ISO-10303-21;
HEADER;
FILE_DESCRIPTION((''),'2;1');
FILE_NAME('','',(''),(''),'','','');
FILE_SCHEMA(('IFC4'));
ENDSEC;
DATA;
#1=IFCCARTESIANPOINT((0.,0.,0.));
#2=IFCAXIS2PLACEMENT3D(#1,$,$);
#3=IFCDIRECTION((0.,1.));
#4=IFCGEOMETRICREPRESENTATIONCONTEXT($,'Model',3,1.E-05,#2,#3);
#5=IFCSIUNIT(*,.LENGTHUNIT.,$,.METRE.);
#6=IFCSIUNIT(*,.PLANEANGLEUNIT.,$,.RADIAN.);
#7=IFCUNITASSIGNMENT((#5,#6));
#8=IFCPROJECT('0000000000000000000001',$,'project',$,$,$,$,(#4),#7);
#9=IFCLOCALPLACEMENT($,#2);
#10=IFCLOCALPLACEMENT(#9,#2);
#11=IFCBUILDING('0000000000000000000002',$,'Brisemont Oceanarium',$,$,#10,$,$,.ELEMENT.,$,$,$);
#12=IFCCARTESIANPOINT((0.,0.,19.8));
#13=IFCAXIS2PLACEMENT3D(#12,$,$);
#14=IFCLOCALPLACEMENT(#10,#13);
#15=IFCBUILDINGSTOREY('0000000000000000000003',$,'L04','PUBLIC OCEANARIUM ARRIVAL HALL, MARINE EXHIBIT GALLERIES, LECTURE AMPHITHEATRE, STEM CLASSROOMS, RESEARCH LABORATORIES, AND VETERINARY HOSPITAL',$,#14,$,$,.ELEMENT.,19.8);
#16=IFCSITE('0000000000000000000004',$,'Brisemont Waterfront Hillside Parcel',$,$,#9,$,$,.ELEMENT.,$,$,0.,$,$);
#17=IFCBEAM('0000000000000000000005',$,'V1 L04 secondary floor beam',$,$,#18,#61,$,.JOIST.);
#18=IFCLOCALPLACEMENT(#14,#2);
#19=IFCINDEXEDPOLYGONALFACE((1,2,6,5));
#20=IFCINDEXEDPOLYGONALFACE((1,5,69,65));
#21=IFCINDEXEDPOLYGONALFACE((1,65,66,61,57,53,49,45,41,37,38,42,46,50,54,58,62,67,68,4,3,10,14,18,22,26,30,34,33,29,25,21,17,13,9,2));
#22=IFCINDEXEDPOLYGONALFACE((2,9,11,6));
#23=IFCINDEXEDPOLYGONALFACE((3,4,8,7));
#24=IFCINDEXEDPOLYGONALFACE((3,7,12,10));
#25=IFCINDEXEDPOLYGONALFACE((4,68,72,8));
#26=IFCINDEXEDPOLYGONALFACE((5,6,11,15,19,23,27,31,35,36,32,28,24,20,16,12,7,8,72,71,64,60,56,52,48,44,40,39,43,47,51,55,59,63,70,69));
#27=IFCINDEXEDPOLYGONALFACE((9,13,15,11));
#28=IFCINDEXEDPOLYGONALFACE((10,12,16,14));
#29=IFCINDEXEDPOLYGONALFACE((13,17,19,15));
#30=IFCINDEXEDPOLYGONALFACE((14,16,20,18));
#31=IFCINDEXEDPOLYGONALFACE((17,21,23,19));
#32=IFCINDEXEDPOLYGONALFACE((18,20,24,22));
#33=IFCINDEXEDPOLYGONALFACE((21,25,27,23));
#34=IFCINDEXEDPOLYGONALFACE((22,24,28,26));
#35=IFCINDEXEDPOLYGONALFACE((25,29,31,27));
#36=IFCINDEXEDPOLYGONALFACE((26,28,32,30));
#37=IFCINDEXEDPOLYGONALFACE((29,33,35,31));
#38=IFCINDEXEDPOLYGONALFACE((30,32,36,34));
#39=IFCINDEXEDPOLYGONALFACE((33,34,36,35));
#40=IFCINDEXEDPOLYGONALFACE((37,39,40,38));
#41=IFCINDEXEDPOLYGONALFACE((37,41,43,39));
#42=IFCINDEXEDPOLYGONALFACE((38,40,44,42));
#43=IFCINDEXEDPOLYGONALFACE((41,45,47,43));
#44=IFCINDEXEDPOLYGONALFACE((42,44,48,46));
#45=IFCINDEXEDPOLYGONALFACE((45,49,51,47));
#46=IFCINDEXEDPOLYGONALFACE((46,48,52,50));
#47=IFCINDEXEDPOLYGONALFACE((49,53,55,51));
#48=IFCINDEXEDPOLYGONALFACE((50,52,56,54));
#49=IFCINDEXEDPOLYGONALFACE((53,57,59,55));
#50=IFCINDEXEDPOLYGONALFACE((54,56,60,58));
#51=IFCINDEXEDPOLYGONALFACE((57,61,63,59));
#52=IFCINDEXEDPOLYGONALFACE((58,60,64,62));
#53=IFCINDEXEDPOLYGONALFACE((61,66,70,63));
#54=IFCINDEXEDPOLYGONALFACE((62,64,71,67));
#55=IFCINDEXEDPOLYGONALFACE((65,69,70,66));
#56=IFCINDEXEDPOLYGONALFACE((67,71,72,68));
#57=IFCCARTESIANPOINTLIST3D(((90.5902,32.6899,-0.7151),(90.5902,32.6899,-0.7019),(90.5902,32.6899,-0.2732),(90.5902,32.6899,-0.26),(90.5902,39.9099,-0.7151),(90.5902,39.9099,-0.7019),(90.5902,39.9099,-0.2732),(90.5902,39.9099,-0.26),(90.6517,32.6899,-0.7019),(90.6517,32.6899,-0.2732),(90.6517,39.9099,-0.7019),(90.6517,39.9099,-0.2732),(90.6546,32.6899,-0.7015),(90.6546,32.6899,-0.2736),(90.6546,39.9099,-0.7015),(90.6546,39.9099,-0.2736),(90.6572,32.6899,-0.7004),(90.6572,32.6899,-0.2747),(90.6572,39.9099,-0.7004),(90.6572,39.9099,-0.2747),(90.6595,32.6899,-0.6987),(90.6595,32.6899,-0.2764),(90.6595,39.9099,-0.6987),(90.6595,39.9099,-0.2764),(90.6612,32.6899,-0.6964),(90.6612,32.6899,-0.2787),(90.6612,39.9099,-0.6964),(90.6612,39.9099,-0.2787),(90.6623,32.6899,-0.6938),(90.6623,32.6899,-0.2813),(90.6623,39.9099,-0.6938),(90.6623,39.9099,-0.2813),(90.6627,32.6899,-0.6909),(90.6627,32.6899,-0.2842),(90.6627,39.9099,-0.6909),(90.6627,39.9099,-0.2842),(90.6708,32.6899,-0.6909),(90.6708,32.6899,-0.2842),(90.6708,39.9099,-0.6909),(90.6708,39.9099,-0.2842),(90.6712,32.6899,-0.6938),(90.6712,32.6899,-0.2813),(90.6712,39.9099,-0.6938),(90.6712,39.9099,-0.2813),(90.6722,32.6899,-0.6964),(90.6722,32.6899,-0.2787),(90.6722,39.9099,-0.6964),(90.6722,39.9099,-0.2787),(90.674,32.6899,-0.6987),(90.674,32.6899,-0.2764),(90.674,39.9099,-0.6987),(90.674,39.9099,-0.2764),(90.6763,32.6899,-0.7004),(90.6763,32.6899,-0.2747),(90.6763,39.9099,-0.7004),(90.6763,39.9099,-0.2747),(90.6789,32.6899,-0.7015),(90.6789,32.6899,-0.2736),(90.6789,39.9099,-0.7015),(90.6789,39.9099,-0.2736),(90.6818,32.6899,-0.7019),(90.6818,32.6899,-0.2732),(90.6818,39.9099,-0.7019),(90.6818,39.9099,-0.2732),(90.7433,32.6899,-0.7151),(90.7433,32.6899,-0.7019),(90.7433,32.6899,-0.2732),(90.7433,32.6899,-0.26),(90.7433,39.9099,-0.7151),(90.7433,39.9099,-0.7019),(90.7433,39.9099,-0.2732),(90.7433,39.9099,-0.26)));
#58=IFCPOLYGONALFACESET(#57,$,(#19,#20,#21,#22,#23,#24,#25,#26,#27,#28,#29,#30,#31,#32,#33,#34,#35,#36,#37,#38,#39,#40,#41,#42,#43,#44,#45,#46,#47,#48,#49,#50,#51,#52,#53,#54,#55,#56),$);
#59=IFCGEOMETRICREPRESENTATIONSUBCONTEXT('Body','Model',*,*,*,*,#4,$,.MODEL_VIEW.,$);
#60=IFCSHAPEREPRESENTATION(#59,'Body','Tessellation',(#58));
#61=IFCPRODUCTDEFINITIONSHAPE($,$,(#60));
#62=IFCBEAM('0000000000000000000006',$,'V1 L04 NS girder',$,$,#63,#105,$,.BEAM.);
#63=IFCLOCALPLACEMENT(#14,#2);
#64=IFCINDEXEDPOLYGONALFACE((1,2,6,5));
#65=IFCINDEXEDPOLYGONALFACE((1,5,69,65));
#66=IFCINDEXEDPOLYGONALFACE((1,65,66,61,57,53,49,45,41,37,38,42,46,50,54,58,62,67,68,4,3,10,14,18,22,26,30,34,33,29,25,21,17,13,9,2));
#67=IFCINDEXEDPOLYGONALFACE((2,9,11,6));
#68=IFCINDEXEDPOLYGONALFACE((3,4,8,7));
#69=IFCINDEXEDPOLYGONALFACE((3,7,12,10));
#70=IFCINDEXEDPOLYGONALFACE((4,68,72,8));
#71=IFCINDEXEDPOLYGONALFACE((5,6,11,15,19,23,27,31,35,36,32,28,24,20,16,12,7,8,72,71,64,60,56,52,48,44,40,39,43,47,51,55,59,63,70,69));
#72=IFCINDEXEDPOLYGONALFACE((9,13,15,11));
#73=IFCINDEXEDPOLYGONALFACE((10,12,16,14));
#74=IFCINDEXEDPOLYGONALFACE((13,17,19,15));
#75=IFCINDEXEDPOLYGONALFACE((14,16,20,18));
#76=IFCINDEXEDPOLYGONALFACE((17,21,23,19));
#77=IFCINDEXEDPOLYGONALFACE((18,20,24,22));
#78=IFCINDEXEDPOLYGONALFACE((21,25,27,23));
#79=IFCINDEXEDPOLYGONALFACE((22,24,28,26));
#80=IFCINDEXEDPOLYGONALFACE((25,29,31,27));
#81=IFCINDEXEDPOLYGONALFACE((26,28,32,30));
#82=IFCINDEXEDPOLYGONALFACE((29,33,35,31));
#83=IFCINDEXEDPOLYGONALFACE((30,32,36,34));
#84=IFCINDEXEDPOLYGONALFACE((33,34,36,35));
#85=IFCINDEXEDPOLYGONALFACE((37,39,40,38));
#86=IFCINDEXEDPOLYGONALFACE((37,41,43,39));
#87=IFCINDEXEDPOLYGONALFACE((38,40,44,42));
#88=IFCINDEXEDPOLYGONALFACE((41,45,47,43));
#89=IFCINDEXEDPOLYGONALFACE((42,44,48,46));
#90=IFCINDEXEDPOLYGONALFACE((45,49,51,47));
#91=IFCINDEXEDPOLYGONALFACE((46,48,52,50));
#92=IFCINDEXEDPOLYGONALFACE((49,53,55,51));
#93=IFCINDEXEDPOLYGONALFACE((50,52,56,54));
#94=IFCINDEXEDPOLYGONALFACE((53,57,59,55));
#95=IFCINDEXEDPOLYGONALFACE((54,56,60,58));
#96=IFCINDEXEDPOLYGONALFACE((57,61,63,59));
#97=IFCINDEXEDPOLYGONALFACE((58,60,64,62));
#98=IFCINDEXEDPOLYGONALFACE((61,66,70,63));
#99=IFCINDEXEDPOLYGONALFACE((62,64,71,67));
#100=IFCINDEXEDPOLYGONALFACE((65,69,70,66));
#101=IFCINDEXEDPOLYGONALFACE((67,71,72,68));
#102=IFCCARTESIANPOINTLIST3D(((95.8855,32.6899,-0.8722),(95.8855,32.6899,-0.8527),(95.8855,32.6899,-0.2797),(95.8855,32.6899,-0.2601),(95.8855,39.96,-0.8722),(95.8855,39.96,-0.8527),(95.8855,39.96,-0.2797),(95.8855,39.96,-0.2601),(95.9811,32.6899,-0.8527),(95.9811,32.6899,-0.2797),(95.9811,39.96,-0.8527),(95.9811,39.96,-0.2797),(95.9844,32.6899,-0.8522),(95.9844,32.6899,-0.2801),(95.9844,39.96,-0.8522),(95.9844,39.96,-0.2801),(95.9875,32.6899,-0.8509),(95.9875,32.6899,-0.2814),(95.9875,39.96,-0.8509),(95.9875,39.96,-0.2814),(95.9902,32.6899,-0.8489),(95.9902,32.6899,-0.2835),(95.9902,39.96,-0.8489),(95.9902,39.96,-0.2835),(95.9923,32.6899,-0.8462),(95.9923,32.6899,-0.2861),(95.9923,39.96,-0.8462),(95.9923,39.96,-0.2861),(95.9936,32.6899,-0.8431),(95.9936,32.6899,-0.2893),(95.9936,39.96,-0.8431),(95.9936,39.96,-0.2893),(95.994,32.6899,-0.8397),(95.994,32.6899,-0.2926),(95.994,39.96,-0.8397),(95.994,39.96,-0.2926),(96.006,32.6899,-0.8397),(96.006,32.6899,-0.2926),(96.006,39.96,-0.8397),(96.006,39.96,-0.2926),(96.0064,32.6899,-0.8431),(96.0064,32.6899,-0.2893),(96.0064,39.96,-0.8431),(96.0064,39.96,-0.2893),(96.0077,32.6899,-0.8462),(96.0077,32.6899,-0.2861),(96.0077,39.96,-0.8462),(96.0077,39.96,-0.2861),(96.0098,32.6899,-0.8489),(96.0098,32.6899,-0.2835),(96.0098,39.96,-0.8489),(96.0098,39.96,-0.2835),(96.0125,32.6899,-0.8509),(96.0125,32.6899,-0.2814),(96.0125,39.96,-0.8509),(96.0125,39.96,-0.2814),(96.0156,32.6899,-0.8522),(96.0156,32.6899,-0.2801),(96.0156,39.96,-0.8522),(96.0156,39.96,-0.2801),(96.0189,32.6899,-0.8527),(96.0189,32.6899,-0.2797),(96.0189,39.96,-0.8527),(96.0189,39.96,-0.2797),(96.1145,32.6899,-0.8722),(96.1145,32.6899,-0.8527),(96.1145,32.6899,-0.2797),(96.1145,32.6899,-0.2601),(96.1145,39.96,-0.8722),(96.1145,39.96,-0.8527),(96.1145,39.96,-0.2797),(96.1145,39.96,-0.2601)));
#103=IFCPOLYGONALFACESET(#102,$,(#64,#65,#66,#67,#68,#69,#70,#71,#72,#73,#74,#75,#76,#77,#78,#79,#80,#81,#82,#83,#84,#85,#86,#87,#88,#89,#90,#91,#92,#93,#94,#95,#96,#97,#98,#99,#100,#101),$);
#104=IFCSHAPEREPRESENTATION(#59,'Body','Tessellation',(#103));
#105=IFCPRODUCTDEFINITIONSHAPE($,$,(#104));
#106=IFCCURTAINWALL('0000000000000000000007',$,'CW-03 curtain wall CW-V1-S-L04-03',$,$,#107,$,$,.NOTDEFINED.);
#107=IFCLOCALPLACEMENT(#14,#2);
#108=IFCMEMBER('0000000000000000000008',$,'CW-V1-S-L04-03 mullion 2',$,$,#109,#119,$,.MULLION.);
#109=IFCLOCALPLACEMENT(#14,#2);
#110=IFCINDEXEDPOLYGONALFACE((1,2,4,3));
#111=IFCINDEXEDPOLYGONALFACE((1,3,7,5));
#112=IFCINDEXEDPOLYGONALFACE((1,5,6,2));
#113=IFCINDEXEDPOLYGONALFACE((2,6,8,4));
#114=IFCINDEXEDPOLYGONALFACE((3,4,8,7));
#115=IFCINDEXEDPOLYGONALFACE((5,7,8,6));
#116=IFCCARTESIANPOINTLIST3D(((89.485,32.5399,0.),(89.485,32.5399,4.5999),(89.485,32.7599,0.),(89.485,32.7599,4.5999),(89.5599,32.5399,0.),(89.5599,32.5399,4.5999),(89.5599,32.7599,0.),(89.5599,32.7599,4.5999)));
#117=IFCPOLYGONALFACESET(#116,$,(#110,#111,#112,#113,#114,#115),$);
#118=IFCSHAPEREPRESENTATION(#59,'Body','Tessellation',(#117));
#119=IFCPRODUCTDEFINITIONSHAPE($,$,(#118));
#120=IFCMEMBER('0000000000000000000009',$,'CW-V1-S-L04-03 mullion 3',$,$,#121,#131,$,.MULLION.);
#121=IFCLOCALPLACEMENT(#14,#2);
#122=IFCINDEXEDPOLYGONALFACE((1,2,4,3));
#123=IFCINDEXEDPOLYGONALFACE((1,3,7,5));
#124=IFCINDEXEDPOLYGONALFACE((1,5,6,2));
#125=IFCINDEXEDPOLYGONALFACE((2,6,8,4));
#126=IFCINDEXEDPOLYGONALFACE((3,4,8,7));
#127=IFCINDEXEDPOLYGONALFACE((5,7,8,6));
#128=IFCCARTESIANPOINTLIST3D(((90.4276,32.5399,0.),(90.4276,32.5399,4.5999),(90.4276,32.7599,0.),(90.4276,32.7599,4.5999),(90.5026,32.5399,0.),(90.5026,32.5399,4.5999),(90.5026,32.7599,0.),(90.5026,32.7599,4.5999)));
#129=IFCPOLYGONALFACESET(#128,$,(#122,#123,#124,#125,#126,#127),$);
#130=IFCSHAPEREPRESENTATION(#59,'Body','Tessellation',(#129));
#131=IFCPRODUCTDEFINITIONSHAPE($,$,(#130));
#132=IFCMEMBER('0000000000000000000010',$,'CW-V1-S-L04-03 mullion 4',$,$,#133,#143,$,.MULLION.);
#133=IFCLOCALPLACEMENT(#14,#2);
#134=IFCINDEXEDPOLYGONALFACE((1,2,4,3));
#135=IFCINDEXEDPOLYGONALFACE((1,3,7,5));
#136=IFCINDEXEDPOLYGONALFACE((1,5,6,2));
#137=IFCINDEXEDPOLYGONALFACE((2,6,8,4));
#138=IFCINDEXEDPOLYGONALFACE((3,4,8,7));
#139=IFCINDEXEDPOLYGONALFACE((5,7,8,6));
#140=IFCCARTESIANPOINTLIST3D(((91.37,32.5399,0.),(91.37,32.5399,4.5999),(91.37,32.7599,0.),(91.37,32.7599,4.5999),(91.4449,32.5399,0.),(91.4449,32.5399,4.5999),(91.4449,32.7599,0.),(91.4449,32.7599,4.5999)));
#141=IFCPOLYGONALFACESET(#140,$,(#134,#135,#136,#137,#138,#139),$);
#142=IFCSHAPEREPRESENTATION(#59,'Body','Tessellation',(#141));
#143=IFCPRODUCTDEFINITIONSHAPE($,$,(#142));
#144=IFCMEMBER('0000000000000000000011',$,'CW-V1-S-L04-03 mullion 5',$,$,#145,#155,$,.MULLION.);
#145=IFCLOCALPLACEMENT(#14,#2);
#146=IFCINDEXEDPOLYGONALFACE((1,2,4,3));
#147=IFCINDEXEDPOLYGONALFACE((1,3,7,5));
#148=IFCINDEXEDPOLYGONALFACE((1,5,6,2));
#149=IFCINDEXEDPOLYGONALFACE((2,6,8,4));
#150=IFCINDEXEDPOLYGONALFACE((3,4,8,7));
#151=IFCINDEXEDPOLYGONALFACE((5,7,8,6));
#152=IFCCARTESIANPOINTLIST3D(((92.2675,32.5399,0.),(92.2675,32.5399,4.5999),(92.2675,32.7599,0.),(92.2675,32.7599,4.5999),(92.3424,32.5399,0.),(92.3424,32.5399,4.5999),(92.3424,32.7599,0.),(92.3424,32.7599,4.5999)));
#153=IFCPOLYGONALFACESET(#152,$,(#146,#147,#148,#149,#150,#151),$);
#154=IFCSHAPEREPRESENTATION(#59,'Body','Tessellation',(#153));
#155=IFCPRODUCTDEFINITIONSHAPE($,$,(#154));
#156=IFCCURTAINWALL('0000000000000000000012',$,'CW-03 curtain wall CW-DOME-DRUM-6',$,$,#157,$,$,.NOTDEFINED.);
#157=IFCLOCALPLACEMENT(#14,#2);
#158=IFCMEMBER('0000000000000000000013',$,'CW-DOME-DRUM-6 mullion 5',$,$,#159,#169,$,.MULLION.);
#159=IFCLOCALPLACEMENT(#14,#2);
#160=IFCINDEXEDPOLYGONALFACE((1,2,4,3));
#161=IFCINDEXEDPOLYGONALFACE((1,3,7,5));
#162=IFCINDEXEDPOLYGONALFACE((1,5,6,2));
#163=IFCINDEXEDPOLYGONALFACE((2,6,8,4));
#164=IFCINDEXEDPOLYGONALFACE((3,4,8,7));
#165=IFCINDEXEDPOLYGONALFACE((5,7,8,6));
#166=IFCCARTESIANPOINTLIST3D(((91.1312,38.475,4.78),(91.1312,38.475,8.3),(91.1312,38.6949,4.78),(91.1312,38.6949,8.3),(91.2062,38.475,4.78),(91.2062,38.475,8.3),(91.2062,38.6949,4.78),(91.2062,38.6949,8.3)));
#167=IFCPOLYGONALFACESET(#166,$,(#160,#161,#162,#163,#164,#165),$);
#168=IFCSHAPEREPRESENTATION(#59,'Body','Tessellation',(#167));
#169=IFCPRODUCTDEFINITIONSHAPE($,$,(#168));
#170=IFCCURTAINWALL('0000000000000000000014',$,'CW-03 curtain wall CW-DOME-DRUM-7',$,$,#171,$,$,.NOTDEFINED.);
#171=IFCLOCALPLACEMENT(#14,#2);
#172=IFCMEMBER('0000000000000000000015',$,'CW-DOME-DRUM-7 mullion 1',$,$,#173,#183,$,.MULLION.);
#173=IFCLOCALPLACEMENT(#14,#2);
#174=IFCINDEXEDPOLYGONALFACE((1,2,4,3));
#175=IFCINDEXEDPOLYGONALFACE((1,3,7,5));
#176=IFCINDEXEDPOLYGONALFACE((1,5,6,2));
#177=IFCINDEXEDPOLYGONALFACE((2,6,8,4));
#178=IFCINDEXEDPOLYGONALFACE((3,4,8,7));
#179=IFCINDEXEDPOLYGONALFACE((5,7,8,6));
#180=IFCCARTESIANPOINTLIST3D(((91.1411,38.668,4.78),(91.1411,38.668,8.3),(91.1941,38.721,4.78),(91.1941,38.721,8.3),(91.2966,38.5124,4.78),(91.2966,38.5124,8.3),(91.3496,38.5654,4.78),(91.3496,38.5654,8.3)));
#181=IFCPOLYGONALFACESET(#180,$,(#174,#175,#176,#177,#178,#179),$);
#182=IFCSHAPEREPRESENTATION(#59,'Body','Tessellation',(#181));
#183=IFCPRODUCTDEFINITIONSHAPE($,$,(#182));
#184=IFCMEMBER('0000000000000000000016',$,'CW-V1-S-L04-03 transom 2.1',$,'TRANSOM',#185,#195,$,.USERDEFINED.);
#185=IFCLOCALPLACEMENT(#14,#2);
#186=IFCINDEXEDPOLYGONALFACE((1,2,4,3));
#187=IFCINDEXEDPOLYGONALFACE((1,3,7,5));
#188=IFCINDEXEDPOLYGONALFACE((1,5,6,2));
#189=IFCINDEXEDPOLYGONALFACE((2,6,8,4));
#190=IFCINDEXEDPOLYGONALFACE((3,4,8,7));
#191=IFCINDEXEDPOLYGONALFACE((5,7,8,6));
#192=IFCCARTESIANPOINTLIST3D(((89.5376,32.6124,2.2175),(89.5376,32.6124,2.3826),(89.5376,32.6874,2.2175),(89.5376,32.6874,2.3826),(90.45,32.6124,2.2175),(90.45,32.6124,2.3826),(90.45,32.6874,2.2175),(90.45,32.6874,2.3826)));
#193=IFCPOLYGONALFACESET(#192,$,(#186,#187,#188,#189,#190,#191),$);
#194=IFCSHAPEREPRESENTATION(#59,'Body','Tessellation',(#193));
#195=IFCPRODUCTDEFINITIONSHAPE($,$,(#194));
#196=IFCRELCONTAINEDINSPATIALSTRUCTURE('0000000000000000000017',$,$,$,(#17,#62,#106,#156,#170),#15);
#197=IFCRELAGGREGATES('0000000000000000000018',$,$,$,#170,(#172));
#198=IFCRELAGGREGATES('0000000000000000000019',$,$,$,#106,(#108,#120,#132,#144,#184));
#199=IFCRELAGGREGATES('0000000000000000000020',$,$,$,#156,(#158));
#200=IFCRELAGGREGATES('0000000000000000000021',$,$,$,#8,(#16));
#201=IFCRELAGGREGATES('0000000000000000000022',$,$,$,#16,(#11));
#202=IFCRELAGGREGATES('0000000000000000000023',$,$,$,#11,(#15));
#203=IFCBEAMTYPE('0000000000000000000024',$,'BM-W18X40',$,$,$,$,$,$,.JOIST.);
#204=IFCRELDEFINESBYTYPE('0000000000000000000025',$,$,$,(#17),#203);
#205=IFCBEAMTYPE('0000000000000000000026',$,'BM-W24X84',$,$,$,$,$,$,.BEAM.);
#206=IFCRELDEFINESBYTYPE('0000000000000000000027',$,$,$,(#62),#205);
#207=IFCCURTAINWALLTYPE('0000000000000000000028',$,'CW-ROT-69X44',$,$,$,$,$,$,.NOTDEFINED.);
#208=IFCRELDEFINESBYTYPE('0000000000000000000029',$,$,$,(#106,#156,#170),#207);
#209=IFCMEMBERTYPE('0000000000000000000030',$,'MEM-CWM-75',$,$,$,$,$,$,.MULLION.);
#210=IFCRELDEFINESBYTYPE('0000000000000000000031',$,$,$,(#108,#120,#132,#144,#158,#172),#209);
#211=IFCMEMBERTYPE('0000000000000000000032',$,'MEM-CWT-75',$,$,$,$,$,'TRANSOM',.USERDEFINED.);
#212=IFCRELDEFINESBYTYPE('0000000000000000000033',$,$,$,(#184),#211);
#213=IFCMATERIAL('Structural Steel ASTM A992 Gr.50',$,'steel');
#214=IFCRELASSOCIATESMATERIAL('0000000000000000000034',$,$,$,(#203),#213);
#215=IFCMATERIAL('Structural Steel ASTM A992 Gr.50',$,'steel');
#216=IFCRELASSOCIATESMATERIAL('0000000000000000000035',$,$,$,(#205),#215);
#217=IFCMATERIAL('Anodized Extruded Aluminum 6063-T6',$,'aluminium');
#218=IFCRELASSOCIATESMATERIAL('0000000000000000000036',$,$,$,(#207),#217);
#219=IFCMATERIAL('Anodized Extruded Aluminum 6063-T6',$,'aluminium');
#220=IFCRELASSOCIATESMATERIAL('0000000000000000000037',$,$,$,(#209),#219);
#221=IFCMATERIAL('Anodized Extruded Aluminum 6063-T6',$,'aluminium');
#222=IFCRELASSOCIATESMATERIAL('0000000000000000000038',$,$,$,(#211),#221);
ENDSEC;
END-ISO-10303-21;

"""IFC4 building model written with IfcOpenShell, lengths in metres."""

from ifc_helpers import new_model, si_unit, direction, frame, origin, origin_2d, place, context, subcontext, project, spatial, rectangle, i_section, extrude, material, material_profile, profile_set, type_object, element, aggregate, save


model = new_model("IFC4")

# Units and contexts
model_context = context("Model", 3, precision=1e-05, world=origin(), true_north=direction((0.0, 1.0)))
body_context = subcontext(model_context, "Body", "Model", "MODEL_VIEW")
ifc_project = project(units=[si_unit("LENGTHUNIT", "METRE"), si_unit("PLANEANGLEUNIT", "RADIAN")], contexts=[model_context])

# Site, building, storey
site_placement = place(None, origin())
site = spatial("IfcSite", under=ifc_project, at=site_placement, Name="Brisemont Waterfront Hillside Parcel", CompositionType="ELEMENT", RefElevation=0.0)
building_placement = place(site_placement, origin())
building = spatial("IfcBuilding", under=site, at=building_placement, Name="Brisemont Oceanarium", CompositionType="ELEMENT")
storey_placement = place(building_placement, frame((0.0, 0.0, 19.8)))
storey = spatial("IfcBuildingStorey", under=building, at=storey_placement, Name="L04", Description="PUBLIC OCEANARIUM ARRIVAL HALL, MARINE EXHIBIT GALLERIES, LECTURE AMPHITHEATRE, STEM CLASSROOMS, RESEARCH LABORATORIES, AND VETERINARY HOSPITAL", CompositionType="ELEMENT", Elevation=19.8)

# Beams
ifc_material_1 = material(Name="Structural Steel ASTM A992 Gr.50", Category="steel")
ifc_material_profile_1 = material_profile(ifc_material_1, i_section(OverallWidth=0.1531, OverallDepth=0.4551, WebThickness=0.0081, FlangeThickness=0.0132, FilletRadius=0.011, at=origin_2d()), Name="W18X40")
ifc_profile_set_1 = profile_set([ifc_material_profile_1], Name="Structural Steel ASTM A992 Gr.50")
beam_type_1 = type_object("IfcBeamType", Name="BM-W18X40", PredefinedType="JOIST", material=ifc_profile_set_1)
beam_1_placement = place(storey_placement, frame((90.6667, 32.6899, -0.4875), z_axis=(0.0, 1.0, 0.0), x_axis=(-1.0, 0.0, 0.0)))
element("IfcBeam", 1, at=beam_1_placement, inside=storey, type_object=beam_type_1, Name="V1 L04 secondary floor beam", PredefinedType="JOIST", context=body_context, shape_type="SweptSolid", body=[
    extrude(i_section(OverallWidth=0.1531, OverallDepth=0.4551, WebThickness=0.0081, FlangeThickness=0.0132, FilletRadius=0.011, at=origin_2d()), origin(), (0.0, 0.0, 1.0), 7.22),
])
ifc_material_2 = material(Name="Structural Steel ASTM A992 Gr.50", Category="steel")
ifc_material_profile_2 = material_profile(ifc_material_2, i_section(OverallWidth=0.229, OverallDepth=0.6121, WebThickness=0.012, FlangeThickness=0.0195, FilletRadius=0.0129, at=origin_2d()), Name="W24X84")
ifc_profile_set_2 = profile_set([ifc_material_profile_2], Name="Structural Steel ASTM A992 Gr.50")
beam_type_2 = type_object("IfcBeamType", Name="BM-W24X84", PredefinedType="BEAM", material=ifc_profile_set_2)
beam_2_placement = place(storey_placement, frame((96.0, 32.6899, -0.5662), z_axis=(0.0, 1.0, 0.0), x_axis=(-1.0, 0.0, 0.0)))
element("IfcBeam", 2, at=beam_2_placement, inside=storey, type_object=beam_type_2, Name="V1 L04 NS girder", PredefinedType="BEAM", context=body_context, shape_type="SweptSolid", body=[
    extrude(i_section(OverallWidth=0.229, OverallDepth=0.6121, WebThickness=0.012, FlangeThickness=0.0195, FilletRadius=0.0129, at=origin_2d()), origin(), (0.0, 0.0, 1.0), 7.27),
])

# Curtain wall, members
ifc_material_3 = material(Name="Anodized Extruded Aluminum 6063-T6", Category="aluminium")
curtain_wall_type = type_object("IfcCurtainWallType", Name="CW-ROT-69X44", PredefinedType="NOTDEFINED", material=ifc_material_3)
curtain_wall_1_placement = place(storey_placement, origin())
curtain_wall_1 = element("IfcCurtainWall", 3, at=curtain_wall_1_placement, inside=storey, type_object=curtain_wall_type, Name="CW-03 curtain wall CW-V1-S-L04-03", PredefinedType="NOTDEFINED")
ifc_material_4 = material(Name="Anodized Extruded Aluminum 6063-T6", Category="aluminium")
ifc_material_profile_3 = material_profile(ifc_material_4, rectangle(XDim=0.075, YDim=0.22, at=origin_2d()), Name="CWM-75X220")
ifc_profile_set_3 = profile_set([ifc_material_profile_3], Name="Anodized Extruded Aluminum 6063-T6")
member_type_1 = type_object("IfcMemberType", Name="MEM-CWM-75", PredefinedType="MULLION", material=ifc_profile_set_3)
member_1_placement = place(storey_placement, frame((89.5225, 32.6499, 0.0), z_axis=(0.0, 0.0, 1.0), x_axis=(1.0, 0.0, 0.0)))
member_1 = element("IfcMember", 4, at=member_1_placement, type_object=member_type_1, Name="CW-V1-S-L04-03 mullion 2", PredefinedType="MULLION", context=body_context, shape_type="SweptSolid", body=[
    extrude(rectangle(XDim=0.075, YDim=0.22, at=origin_2d()), origin(), (0.0, 0.0, 1.0), 4.5999),
])
member_2_placement = place(storey_placement, frame((90.4651, 32.6499, 0.0), z_axis=(0.0, 0.0, 1.0), x_axis=(1.0, 0.0, 0.0)))
member_2 = element("IfcMember", 5, at=member_2_placement, type_object=member_type_1, Name="CW-V1-S-L04-03 mullion 3", PredefinedType="MULLION", context=body_context, shape_type="SweptSolid", body=[
    extrude(rectangle(XDim=0.075, YDim=0.22, at=origin_2d()), origin(), (0.0, 0.0, 1.0), 4.5999),
])
member_3_placement = place(storey_placement, frame((91.4075, 32.6499, 0.0), z_axis=(0.0, 0.0, 1.0), x_axis=(1.0, 0.0, 0.0)))
member_3 = element("IfcMember", 6, at=member_3_placement, type_object=member_type_1, Name="CW-V1-S-L04-03 mullion 4", PredefinedType="MULLION", context=body_context, shape_type="SweptSolid", body=[
    extrude(rectangle(XDim=0.075, YDim=0.22, at=origin_2d()), origin(), (0.0, 0.0, 1.0), 4.5999),
])
member_4_placement = place(storey_placement, frame((92.3049, 32.6499, 0.0), z_axis=(0.0, 0.0, 1.0), x_axis=(1.0, 0.0, 0.0)))
member_4 = element("IfcMember", 7, at=member_4_placement, type_object=member_type_1, Name="CW-V1-S-L04-03 mullion 5", PredefinedType="MULLION", context=body_context, shape_type="SweptSolid", body=[
    extrude(rectangle(XDim=0.075, YDim=0.22, at=origin_2d()), origin(), (0.0, 0.0, 1.0), 4.5999),
])

# Curtain walls, members
curtain_wall_2_placement = place(storey_placement, origin())
curtain_wall_2 = element("IfcCurtainWall", 8, at=curtain_wall_2_placement, inside=storey, type_object=curtain_wall_type, Name="CW-03 curtain wall CW-DOME-DRUM-6", PredefinedType="NOTDEFINED")
member_5_placement = place(storey_placement, frame((91.1687, 38.585, 4.78), z_axis=(0.0, 0.0, 1.0), x_axis=(1.0, 0.0, 0.0)))
member_5 = element("IfcMember", 9, at=member_5_placement, type_object=member_type_1, Name="CW-DOME-DRUM-6 mullion 5", PredefinedType="MULLION", context=body_context, shape_type="SweptSolid", body=[
    extrude(rectangle(XDim=0.075, YDim=0.22, at=origin_2d()), origin(), (0.0, 0.0, 1.0), 3.52),
])
curtain_wall_3_placement = place(storey_placement, origin())
curtain_wall_3 = element("IfcCurtainWall", 10, at=curtain_wall_3_placement, inside=storey, type_object=curtain_wall_type, Name="CW-03 curtain wall CW-DOME-DRUM-7", PredefinedType="NOTDEFINED")
member_6_placement = place(storey_placement, frame((91.2454, 38.6167, 4.78), z_axis=(0.0, 0.0, 1.0), x_axis=(0.707107, 0.707107, 0.0)))
member_6 = element("IfcMember", 11, at=member_6_placement, type_object=member_type_1, Name="CW-DOME-DRUM-7 mullion 1", PredefinedType="MULLION", context=body_context, shape_type="SweptSolid", body=[
    extrude(rectangle(XDim=0.075, YDim=0.22, at=origin_2d()), origin(), (0.0, 0.0, 1.0), 3.52),
])

# Member
ifc_material_5 = material(Name="Anodized Extruded Aluminum 6063-T6", Category="aluminium")
ifc_material_profile_4 = material_profile(ifc_material_5, rectangle(XDim=0.075, YDim=0.165, at=origin_2d()), Name="CWT-75X165")
ifc_profile_set_4 = profile_set([ifc_material_profile_4], Name="Anodized Extruded Aluminum 6063-T6")
member_type_2 = type_object("IfcMemberType", Name="MEM-CWT-75", ElementType="TRANSOM", PredefinedType="USERDEFINED", material=ifc_profile_set_4)
member_7_placement = place(storey_placement, frame((89.5376, 32.6499, 2.3), z_axis=(1.0, 0.0, 0.0), x_axis=(0.0, 1.0, 0.0)))
member_7 = element("IfcMember", 12, at=member_7_placement, type_object=member_type_2, Name="CW-V1-S-L04-03 transom 2.1", ObjectType="TRANSOM", PredefinedType="USERDEFINED", context=body_context, shape_type="SweptSolid", body=[
    extrude(rectangle(XDim=0.075, YDim=0.165, at=origin_2d()), origin(), (0.0, 0.0, 1.0), 0.9124),
])
aggregate(curtain_wall_3, [member_6])

aggregate(curtain_wall_1, [member_1, member_2, member_3, member_4, member_7])
aggregate(curtain_wall_2, [member_5])

save(model, "model.ifc")
